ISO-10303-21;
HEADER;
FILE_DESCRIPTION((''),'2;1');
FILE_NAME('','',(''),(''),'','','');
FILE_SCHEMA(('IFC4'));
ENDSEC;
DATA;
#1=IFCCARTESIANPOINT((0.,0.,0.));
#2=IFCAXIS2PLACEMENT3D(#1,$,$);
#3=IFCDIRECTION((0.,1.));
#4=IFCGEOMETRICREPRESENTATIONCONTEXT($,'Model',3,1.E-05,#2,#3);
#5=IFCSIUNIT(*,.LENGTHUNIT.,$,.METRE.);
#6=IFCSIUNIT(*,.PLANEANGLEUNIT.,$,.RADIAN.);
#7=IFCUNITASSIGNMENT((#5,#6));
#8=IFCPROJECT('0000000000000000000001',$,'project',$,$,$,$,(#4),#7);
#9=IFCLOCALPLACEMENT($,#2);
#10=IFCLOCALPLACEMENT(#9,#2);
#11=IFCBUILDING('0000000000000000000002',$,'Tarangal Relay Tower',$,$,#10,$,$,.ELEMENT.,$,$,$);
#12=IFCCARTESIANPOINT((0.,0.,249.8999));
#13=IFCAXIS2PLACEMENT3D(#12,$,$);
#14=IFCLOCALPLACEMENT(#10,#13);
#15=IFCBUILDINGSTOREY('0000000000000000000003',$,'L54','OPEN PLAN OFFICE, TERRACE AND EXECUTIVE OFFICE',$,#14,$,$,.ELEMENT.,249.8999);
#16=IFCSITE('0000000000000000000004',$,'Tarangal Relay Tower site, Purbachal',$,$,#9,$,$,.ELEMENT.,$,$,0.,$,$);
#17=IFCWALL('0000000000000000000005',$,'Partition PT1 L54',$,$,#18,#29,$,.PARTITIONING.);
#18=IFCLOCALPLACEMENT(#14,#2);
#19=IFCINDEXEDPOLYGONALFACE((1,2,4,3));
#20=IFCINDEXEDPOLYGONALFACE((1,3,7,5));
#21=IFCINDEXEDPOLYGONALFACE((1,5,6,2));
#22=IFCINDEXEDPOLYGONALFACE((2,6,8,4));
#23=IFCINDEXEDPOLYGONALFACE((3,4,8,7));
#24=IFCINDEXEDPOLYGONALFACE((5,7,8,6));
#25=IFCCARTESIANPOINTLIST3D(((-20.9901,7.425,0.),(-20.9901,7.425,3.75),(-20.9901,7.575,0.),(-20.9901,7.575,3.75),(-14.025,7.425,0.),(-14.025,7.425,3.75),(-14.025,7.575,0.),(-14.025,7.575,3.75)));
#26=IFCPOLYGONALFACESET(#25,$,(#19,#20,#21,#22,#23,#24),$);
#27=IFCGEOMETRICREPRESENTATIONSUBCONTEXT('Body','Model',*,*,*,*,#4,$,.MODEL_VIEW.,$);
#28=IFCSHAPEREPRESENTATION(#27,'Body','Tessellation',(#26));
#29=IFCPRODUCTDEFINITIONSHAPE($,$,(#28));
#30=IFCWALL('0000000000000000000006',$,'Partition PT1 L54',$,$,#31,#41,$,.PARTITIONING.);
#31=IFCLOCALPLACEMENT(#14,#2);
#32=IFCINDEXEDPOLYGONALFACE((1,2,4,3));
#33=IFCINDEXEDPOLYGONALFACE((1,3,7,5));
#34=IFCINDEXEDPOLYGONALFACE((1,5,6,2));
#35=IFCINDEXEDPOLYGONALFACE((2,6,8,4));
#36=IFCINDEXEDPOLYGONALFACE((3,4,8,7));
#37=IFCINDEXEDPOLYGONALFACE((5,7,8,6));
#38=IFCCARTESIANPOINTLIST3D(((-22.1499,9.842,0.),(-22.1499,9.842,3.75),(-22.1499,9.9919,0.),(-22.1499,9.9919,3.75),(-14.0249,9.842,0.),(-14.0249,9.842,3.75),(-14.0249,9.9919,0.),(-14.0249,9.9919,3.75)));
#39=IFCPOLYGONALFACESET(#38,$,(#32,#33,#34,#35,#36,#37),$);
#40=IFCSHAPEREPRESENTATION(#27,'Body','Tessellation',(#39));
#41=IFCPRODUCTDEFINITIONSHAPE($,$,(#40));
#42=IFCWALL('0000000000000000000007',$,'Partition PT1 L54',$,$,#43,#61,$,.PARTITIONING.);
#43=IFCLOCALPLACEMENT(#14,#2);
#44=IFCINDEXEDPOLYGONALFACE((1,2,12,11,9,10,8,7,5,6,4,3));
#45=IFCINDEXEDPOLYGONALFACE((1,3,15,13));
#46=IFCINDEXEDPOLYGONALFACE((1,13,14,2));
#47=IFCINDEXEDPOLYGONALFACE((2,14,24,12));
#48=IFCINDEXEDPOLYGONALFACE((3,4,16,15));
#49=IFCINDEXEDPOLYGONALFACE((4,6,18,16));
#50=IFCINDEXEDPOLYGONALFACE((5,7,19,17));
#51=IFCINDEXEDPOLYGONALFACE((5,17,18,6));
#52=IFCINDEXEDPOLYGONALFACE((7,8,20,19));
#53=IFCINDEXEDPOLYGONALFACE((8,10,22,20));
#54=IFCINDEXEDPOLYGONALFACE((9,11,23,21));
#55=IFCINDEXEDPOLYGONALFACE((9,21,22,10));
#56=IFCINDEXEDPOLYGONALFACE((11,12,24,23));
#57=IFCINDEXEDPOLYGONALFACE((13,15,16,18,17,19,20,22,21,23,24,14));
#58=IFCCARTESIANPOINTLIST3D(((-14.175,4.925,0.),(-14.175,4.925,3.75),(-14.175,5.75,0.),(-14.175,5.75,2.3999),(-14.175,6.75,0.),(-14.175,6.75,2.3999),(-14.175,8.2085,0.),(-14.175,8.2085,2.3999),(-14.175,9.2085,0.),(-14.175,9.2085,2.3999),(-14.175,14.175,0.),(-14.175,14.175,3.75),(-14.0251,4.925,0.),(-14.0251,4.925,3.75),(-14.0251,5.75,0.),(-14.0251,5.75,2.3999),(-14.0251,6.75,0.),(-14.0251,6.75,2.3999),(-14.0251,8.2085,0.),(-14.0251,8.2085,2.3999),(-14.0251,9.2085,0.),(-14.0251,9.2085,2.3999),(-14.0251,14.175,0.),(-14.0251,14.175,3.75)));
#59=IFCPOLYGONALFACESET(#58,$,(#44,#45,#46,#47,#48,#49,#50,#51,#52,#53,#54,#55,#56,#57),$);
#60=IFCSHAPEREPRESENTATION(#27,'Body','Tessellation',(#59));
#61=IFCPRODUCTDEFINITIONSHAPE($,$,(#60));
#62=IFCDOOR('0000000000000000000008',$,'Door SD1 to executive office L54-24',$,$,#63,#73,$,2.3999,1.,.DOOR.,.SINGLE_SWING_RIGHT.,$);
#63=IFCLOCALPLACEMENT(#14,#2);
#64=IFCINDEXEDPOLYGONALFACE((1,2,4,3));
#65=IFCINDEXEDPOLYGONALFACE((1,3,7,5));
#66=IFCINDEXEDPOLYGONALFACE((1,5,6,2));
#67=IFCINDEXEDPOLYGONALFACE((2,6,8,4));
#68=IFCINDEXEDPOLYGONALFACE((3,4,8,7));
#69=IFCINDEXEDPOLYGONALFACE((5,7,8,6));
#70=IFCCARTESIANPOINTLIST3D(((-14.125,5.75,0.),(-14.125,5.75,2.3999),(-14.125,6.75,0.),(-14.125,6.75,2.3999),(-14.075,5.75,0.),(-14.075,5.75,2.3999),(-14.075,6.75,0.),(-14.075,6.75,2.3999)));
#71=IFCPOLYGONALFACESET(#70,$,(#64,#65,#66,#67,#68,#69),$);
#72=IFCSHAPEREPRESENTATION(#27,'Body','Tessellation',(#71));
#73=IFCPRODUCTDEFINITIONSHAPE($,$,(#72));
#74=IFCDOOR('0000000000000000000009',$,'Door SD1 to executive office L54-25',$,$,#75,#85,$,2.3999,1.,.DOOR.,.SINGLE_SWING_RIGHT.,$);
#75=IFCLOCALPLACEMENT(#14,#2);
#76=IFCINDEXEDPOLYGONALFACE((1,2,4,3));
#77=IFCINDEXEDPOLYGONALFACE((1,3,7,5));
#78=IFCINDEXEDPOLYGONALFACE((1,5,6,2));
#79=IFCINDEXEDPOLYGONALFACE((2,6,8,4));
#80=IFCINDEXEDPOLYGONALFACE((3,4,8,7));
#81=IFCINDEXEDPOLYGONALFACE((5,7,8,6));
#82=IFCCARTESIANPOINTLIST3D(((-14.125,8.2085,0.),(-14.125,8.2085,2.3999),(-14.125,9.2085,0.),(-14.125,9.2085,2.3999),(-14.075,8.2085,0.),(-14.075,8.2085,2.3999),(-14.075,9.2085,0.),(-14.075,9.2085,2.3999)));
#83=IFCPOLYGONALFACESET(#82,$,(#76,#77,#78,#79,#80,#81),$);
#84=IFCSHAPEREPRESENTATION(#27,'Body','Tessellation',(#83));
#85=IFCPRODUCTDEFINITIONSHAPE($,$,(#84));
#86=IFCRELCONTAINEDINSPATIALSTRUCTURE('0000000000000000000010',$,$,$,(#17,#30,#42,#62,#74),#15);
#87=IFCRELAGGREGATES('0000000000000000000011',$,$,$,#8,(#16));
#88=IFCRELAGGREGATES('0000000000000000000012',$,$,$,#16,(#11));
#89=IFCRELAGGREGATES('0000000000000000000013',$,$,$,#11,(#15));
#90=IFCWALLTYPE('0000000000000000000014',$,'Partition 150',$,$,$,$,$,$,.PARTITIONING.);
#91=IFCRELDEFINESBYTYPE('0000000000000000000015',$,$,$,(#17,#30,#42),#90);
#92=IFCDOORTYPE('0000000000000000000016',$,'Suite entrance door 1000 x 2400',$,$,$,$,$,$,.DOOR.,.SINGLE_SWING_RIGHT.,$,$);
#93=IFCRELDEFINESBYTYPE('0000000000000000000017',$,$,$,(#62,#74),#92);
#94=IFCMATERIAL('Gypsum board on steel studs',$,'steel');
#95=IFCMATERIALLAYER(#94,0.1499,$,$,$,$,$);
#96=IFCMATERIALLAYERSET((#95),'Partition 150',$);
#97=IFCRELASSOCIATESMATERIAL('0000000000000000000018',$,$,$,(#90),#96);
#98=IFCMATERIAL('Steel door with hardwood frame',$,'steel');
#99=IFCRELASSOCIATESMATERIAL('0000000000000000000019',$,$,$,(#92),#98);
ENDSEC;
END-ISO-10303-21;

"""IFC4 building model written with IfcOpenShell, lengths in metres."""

from ifc_helpers import new_model, si_unit, direction, frame, frame_2d, origin, place, context, subcontext, project, spatial, rectangle, extrude, material, layer, layer_set, type_object, element, fill, save


model = new_model("IFC4")

# Units and contexts
model_context = context("Model", 3, precision=1e-05, world=origin(), true_north=direction((0.0, 1.0)))
body_context = subcontext(model_context, "Body", "Model", "MODEL_VIEW")
ifc_project = project(units=[si_unit("LENGTHUNIT", "METRE"), si_unit("PLANEANGLEUNIT", "RADIAN")], contexts=[model_context])

# Site, building, storey
site_placement = place(None, origin())
site = spatial("IfcSite", under=ifc_project, at=site_placement, Name="Tarangal Relay Tower site, Purbachal", CompositionType="ELEMENT", RefElevation=0.0)
building_placement = place(site_placement, origin())
building = spatial("IfcBuilding", under=site, at=building_placement, Name="Tarangal Relay Tower", CompositionType="ELEMENT")
storey_placement = place(building_placement, frame((0.0, 0.0, 249.8999)))
storey = spatial("IfcBuildingStorey", under=building, at=storey_placement, Name="L54", Description="OPEN PLAN OFFICE, TERRACE AND EXECUTIVE OFFICE", CompositionType="ELEMENT", Elevation=249.8999)

# Walls
ifc_material_1 = material(Name="Gypsum board on steel studs", Category="steel")
ifc_layer_1 = layer(ifc_material_1, 0.1499)
ifc_layer_set_1 = layer_set([ifc_layer_1], Name="Partition 150")
wall_type_1 = type_object("IfcWallType", Name="Partition 150", PredefinedType="PARTITIONING", material=ifc_layer_set_1)
wall_1_placement = place(storey_placement, frame((-20.99, 7.5, 0.0), z_axis=(0.0, 0.0, 1.0), x_axis=(1.0, 0.0, 0.0)))
element("IfcWall", 1, at=wall_1_placement, inside=storey, type_object=wall_type_1, Name="Partition PT1 L54", PredefinedType="PARTITIONING", context=body_context, shape_type="SweptSolid", body=[
    extrude(rectangle(XDim=6.9651, YDim=0.1499, at=frame_2d((3.4824, 0.0))), origin(), (0.0, 0.0, 1.0), 3.75),
])
wall_2_placement = place(storey_placement, frame((-22.1499, 9.917, 0.0), z_axis=(0.0, 0.0, 1.0), x_axis=(1.0, 0.0, 0.0)))
element("IfcWall", 2, at=wall_2_placement, inside=storey, type_object=wall_type_1, Name="Partition PT1 L54", PredefinedType="PARTITIONING", context=body_context, shape_type="SweptSolid", body=[
    extrude(rectangle(XDim=8.125, YDim=0.1499, at=frame_2d((4.0625, 0.0))), origin(), (0.0, 0.0, 1.0), 3.75),
])

# Wall, openings, doors
wall_3_placement = place(storey_placement, frame((-14.1001, 4.925, 0.0), z_axis=(0.0, 0.0, 1.0), x_axis=(0.0, 1.0, 0.0)))
wall_3 = element("IfcWall", 3, at=wall_3_placement, inside=storey, type_object=wall_type_1, Name="Partition PT1 L54", PredefinedType="PARTITIONING", context=body_context, shape_type="SweptSolid", body=[
    extrude(rectangle(XDim=9.25, YDim=0.1499, at=frame_2d((4.625, 0.0))), origin(), (0.0, 0.0, 1.0), 3.75),
])
opening_1_placement = place(wall_3_placement, frame((0.825, 0.0, 0.0)))
opening_1 = element("IfcOpeningElement", 4, at=opening_1_placement, cuts=wall_3, PredefinedType="OPENING", context=body_context, shape_type="SweptSolid", body=[
    extrude(rectangle(XDim=1.0, YDim=2.3999, at=frame_2d((0.5, 1.2))), frame((0.0, 0.085, 0.0), z_axis=(0.0, -1.0, 0.0), x_axis=(1.0, 0.0, 0.0)), (0.0, 0.0, 1.0), 0.1699),
])
opening_2_placement = place(wall_3_placement, frame((3.2834, 0.0, 0.0)))
opening_2 = element("IfcOpeningElement", 5, at=opening_2_placement, cuts=wall_3, PredefinedType="OPENING", context=body_context, shape_type="SweptSolid", body=[
    extrude(rectangle(XDim=1.0, YDim=2.3999, at=frame_2d((0.5, 1.2))), frame((0.0, 0.085, 0.0), z_axis=(0.0, -1.0, 0.0), x_axis=(1.0, 0.0, 0.0)), (0.0, 0.0, 1.0), 0.1699),
])
ifc_material_2 = material(Name="Steel door with hardwood frame", Category="steel")
door_type = type_object("IfcDoorType", Name="Suite entrance door 1000 x 2400", OperationType="SINGLE_SWING_RIGHT", PredefinedType="DOOR", material=ifc_material_2)
door_1_placement = place(opening_1_placement, origin())
door_1 = element("IfcDoor", 6, at=door_1_placement, inside=storey, type_object=door_type, Name="Door SD1 to executive office L54-24", OperationType="SINGLE_SWING_RIGHT", OverallHeight=2.3999, OverallWidth=1.0, PredefinedType="DOOR", context=body_context, shape_type="SweptSolid", body=[
    extrude(rectangle(XDim=1.0, YDim=2.3999, at=frame_2d((0.5, 1.2))), frame((0.0, 0.0249, 0.0), z_axis=(0.0, -1.0, 0.0), x_axis=(1.0, 0.0, 0.0)), (0.0, 0.0, 1.0), 0.05),
])
fill(opening_1, door_1)
door_2_placement = place(opening_2_placement, origin())
door_2 = element("IfcDoor", 7, at=door_2_placement, inside=storey, type_object=door_type, Name="Door SD1 to executive office L54-25", OperationType="SINGLE_SWING_RIGHT", OverallHeight=2.3999, OverallWidth=1.0, PredefinedType="DOOR", context=body_context, shape_type="SweptSolid", body=[
    extrude(rectangle(XDim=1.0, YDim=2.3999, at=frame_2d((0.5, 1.2))), frame((0.0, 0.0249, 0.0), z_axis=(0.0, -1.0, 0.0), x_axis=(1.0, 0.0, 0.0)), (0.0, 0.0, 1.0), 0.05),
])
fill(opening_2, door_2)

save(model, "model.ifc")
